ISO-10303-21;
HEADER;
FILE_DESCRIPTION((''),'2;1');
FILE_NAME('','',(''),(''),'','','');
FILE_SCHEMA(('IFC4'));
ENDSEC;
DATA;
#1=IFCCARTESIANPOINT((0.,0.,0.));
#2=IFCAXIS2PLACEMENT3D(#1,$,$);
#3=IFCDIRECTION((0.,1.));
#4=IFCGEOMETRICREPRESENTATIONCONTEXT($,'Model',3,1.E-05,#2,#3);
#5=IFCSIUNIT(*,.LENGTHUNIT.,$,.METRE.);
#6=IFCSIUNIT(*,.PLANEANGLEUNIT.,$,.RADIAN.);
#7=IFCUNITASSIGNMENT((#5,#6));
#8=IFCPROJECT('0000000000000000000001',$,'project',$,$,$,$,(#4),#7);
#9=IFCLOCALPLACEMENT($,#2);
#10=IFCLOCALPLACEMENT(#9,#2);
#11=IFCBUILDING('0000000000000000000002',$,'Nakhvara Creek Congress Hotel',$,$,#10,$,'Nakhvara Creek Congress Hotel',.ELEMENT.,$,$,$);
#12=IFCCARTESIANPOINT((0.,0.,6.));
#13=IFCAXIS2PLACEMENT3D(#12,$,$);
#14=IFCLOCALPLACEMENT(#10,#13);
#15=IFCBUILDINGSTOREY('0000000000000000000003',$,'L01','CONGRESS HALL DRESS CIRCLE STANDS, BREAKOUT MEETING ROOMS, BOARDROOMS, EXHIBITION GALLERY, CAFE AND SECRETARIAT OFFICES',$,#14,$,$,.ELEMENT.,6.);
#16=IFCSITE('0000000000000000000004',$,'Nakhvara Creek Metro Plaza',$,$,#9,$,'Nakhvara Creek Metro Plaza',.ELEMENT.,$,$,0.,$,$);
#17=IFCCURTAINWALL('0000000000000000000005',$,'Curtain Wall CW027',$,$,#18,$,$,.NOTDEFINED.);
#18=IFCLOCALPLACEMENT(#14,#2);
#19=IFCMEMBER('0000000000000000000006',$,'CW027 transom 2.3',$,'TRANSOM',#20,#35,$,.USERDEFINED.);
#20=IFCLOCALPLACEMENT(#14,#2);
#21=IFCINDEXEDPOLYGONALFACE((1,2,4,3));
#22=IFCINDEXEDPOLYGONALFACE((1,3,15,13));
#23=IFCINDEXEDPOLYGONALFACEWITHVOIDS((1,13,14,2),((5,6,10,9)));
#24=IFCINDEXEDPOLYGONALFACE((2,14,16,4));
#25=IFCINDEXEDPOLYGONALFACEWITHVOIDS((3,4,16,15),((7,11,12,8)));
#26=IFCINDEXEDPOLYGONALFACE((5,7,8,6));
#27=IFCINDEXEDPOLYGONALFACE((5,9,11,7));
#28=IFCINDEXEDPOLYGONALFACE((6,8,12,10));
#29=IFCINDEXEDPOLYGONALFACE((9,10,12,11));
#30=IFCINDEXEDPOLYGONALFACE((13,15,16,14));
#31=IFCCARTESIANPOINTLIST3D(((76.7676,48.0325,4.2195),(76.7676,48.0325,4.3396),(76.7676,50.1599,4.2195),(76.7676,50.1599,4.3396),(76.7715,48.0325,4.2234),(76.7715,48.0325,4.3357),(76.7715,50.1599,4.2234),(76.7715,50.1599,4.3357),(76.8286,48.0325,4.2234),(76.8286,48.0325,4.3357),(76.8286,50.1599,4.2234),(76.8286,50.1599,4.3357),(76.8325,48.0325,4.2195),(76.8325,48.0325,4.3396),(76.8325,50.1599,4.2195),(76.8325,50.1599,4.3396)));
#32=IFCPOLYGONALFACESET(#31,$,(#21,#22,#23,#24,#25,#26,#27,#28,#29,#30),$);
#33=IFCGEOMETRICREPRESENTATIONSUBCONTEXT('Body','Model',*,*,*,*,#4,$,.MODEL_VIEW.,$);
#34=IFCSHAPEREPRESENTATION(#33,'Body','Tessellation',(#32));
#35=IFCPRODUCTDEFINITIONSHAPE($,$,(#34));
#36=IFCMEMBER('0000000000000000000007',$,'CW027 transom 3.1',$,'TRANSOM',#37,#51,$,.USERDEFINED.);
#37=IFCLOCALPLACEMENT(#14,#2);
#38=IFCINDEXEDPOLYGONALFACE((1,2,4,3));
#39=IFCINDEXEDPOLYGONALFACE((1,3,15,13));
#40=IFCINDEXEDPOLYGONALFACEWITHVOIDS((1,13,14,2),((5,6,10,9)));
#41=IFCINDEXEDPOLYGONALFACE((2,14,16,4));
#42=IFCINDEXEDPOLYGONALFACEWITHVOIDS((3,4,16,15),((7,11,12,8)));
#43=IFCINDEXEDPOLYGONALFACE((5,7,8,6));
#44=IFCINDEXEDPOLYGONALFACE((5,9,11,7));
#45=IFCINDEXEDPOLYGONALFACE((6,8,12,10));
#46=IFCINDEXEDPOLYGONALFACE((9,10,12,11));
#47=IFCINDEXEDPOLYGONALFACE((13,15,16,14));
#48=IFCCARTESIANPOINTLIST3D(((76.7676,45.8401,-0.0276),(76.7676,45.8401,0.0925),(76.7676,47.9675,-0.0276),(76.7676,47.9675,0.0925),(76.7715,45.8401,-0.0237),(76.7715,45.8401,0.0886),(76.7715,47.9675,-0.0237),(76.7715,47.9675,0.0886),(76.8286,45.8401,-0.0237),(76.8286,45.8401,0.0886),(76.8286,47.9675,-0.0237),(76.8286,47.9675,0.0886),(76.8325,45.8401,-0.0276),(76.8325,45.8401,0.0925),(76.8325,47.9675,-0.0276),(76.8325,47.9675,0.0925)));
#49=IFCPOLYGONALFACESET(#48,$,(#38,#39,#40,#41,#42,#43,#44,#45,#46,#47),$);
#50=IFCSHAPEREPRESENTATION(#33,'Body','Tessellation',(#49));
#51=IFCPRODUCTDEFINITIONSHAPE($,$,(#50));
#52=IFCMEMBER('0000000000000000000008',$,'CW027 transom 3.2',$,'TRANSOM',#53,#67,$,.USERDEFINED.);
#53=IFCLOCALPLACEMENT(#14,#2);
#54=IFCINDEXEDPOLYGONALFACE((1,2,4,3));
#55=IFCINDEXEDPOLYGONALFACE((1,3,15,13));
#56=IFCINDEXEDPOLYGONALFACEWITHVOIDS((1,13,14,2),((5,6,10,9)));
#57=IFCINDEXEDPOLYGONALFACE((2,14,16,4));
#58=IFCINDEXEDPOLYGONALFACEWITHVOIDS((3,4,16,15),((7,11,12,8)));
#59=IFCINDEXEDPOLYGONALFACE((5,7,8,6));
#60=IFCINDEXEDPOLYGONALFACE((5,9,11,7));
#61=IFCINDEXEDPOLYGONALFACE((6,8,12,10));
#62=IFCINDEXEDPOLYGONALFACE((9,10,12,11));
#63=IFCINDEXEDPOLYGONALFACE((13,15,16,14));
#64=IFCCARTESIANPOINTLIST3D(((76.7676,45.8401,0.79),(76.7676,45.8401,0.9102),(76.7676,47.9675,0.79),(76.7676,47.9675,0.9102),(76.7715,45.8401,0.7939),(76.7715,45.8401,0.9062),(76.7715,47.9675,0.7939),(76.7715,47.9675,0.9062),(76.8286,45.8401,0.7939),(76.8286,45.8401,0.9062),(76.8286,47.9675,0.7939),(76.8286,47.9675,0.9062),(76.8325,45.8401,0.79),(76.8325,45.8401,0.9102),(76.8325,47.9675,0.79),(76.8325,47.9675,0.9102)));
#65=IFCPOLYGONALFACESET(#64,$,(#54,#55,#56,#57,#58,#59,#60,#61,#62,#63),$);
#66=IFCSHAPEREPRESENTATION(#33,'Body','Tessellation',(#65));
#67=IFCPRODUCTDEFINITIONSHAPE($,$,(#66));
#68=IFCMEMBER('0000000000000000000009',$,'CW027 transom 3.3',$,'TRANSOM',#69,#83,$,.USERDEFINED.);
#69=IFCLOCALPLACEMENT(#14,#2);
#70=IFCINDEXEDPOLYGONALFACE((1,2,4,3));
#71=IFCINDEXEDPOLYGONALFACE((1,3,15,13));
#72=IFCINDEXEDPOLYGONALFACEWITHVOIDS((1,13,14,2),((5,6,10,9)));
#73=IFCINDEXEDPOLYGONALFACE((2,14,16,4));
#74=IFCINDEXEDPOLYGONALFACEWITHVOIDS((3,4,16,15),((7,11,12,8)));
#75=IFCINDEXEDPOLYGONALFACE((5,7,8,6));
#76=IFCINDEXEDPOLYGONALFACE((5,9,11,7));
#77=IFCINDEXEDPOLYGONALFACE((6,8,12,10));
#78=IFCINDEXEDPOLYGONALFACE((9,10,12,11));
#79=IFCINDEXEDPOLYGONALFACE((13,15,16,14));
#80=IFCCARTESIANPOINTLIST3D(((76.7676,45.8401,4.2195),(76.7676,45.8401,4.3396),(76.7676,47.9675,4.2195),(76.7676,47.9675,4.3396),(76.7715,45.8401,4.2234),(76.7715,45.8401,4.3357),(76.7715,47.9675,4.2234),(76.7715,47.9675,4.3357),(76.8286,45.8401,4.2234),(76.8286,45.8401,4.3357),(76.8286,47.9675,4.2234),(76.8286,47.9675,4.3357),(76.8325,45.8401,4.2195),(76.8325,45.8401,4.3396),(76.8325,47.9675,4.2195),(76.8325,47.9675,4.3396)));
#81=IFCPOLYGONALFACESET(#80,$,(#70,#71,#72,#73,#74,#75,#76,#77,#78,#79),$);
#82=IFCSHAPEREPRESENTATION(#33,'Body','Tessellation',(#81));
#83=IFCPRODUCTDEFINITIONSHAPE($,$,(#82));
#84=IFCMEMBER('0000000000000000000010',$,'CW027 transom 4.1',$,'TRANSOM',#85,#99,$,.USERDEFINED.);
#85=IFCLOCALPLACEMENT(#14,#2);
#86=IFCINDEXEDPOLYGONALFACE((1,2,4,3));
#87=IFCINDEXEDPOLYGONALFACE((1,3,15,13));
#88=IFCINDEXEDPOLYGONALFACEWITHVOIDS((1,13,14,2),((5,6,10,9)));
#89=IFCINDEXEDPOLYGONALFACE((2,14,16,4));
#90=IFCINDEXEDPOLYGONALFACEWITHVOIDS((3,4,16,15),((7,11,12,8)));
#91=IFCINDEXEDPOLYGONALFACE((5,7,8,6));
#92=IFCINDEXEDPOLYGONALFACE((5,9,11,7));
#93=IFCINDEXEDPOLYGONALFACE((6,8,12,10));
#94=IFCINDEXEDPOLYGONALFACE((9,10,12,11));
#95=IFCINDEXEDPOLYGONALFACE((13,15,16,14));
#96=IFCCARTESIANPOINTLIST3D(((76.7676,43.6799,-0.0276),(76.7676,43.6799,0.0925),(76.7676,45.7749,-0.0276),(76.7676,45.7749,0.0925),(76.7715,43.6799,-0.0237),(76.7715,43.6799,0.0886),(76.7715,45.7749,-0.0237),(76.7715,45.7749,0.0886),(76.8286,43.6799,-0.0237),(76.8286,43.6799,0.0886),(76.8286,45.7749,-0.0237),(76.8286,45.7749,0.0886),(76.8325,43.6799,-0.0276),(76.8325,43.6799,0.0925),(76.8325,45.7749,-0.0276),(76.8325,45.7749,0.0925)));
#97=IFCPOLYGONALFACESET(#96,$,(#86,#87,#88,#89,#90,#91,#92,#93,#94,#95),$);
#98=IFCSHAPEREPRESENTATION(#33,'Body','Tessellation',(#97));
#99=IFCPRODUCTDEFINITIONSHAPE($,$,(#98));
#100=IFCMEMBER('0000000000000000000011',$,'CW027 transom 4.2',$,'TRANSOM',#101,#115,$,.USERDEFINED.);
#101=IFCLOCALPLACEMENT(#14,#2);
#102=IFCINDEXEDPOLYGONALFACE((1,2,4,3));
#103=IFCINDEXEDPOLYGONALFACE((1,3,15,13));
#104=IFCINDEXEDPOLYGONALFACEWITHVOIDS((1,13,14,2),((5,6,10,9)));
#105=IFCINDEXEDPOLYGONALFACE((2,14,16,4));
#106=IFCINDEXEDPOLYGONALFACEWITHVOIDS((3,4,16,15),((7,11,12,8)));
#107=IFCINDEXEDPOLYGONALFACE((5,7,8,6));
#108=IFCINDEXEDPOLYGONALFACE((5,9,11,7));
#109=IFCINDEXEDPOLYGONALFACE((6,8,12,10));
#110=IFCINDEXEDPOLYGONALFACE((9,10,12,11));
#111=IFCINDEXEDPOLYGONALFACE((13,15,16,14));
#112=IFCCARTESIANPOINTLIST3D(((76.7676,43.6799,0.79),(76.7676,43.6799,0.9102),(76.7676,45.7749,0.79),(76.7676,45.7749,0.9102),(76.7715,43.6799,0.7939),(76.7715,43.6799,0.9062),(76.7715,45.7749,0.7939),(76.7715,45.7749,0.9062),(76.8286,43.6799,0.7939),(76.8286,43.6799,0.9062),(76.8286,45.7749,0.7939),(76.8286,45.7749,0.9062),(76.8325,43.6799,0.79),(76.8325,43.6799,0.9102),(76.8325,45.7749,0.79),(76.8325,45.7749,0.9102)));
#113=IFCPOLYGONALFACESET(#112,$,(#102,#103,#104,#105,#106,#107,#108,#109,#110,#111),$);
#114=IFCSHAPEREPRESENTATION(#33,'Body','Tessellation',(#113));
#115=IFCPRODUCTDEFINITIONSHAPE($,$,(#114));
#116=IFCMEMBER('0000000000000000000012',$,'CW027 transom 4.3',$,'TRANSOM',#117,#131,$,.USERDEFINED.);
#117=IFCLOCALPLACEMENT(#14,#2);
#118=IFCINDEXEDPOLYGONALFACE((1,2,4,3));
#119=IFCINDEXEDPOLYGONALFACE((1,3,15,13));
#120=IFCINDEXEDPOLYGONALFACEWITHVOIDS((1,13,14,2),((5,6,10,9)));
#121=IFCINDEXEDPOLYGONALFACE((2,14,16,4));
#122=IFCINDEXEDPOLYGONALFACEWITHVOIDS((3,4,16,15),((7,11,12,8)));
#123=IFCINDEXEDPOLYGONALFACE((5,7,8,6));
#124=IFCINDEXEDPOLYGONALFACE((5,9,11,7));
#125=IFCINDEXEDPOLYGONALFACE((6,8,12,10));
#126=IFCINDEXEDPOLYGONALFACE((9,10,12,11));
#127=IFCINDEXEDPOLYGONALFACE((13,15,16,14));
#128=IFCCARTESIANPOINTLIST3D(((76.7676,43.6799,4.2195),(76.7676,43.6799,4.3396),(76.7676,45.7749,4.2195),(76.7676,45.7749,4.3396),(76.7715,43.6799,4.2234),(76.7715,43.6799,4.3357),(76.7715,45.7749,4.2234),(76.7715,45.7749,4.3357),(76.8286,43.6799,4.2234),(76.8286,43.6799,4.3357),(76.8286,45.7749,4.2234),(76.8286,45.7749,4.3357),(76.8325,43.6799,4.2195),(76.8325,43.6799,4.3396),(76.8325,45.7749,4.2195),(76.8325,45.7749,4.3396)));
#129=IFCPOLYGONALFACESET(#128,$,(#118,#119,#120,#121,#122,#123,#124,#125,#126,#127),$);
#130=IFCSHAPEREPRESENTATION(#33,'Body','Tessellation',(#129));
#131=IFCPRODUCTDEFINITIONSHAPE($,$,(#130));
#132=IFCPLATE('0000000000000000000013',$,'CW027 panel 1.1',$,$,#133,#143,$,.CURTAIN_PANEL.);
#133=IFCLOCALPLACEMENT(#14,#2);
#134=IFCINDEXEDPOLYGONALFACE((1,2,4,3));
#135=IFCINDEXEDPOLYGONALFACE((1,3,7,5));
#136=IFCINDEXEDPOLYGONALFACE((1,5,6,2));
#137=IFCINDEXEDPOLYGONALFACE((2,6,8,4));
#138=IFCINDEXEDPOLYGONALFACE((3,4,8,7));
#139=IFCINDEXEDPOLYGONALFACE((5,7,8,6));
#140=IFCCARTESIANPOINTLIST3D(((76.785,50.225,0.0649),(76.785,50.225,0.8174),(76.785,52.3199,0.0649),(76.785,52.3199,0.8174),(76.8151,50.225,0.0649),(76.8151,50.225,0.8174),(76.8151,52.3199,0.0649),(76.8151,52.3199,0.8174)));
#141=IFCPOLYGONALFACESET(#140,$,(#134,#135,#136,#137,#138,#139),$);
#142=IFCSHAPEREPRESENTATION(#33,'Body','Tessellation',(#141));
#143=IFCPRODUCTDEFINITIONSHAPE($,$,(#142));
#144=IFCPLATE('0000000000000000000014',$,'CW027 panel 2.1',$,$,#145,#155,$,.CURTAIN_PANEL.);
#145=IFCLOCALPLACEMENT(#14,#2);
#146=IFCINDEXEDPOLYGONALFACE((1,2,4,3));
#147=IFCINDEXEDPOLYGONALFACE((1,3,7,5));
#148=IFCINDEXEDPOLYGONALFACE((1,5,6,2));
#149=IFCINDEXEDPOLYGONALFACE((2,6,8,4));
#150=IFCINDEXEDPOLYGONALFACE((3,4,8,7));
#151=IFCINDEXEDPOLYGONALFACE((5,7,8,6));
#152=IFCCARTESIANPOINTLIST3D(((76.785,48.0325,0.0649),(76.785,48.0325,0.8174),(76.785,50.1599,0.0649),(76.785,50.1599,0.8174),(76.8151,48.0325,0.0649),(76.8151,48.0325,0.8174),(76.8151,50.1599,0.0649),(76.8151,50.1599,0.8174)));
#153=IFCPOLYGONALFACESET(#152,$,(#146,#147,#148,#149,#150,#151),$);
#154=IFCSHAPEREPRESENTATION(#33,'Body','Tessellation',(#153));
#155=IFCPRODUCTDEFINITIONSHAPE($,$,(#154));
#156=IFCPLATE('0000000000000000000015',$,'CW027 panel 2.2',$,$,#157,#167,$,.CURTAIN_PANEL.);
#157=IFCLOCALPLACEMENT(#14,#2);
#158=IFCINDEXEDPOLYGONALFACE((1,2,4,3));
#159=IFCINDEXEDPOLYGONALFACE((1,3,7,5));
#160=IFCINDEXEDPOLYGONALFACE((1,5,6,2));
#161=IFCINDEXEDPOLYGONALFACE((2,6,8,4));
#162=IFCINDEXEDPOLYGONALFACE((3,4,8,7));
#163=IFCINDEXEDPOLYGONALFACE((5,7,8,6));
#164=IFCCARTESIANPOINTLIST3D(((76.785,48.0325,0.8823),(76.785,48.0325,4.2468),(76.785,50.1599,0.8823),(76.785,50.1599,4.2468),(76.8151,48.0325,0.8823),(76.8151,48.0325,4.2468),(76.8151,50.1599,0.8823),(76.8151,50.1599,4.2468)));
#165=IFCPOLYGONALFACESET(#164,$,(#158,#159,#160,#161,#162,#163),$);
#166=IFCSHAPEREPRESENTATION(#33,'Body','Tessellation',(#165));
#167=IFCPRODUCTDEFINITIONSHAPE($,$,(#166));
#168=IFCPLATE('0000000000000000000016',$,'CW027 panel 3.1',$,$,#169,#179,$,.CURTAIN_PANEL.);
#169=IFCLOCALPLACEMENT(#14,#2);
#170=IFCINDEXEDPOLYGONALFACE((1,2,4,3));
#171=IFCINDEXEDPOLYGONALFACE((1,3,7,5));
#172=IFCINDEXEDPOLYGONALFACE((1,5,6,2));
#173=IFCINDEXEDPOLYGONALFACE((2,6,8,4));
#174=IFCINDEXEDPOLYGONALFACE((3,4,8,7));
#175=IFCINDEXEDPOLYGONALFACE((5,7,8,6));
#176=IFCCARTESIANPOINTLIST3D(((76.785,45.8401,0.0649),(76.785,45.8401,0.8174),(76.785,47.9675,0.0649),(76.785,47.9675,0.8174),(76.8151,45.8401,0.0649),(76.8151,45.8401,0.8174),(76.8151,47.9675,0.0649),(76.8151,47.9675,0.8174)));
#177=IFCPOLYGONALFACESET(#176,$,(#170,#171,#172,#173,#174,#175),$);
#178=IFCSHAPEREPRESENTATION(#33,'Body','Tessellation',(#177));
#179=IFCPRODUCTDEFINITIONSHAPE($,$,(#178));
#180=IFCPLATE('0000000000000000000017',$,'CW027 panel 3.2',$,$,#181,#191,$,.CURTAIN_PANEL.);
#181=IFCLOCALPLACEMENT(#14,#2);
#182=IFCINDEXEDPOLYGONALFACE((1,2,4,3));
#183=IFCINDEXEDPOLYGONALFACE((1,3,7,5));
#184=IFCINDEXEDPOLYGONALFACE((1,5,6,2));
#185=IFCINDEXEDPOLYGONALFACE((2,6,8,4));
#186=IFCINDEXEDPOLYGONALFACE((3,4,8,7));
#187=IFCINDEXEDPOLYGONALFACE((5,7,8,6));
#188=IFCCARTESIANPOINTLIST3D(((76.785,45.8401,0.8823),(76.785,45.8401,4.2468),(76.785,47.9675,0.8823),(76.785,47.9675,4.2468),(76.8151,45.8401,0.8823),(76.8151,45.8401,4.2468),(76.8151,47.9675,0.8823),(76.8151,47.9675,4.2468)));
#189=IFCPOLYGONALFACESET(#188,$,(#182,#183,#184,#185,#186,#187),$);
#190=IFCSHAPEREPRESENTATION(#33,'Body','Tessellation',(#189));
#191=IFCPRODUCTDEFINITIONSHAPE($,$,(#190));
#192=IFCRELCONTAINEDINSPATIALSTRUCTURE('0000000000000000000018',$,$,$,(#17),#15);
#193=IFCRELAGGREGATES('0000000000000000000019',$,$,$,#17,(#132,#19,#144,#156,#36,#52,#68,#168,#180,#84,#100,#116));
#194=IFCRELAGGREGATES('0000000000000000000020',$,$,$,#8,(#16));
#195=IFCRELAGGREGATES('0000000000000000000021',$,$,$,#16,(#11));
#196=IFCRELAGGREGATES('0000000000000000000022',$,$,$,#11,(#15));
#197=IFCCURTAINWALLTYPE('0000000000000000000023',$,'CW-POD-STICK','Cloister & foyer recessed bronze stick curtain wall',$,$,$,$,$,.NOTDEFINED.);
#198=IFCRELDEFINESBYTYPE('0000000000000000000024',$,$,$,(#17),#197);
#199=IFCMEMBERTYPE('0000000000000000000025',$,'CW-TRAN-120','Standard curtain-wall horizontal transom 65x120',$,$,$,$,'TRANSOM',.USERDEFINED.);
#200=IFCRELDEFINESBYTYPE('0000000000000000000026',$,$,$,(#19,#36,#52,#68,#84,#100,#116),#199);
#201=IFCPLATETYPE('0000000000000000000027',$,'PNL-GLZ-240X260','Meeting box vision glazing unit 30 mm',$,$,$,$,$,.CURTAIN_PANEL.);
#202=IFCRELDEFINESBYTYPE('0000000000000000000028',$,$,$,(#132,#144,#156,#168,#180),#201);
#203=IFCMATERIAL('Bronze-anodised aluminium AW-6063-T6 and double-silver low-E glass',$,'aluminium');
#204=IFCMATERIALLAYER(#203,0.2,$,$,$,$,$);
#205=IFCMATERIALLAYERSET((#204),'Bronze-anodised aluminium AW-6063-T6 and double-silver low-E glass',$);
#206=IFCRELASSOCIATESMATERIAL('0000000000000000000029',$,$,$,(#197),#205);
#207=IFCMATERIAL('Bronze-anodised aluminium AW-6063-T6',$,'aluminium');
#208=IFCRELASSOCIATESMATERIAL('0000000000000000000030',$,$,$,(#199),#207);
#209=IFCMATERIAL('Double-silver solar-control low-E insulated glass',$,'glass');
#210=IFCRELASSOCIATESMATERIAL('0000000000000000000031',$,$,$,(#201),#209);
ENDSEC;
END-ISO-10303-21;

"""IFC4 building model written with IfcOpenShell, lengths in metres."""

from ifc_helpers import new_model, si_unit, direction, frame, origin, origin_2d, place, context, subcontext, project, spatial, rectangle, hollow_rectangle, extrude, material, layer, layer_set, material_profile, profile_set, type_object, element, aggregate, save


model = new_model("IFC4")

# Units and contexts
model_context = context("Model", 3, precision=1e-05, world=origin(), true_north=direction((0.0, 1.0)))
body_context = subcontext(model_context, "Body", "Model", "MODEL_VIEW")
ifc_project = project(units=[si_unit("LENGTHUNIT", "METRE"), si_unit("PLANEANGLEUNIT", "RADIAN")], contexts=[model_context])

# Site, building, storey
site_placement = place(None, origin())
site = spatial("IfcSite", under=ifc_project, at=site_placement, Name="Nakhvara Creek Metro Plaza", LongName="Nakhvara Creek Metro Plaza", CompositionType="ELEMENT", RefElevation=0.0)
building_placement = place(site_placement, origin())
building = spatial("IfcBuilding", under=site, at=building_placement, Name="Nakhvara Creek Congress Hotel", LongName="Nakhvara Creek Congress Hotel", CompositionType="ELEMENT")
storey_placement = place(building_placement, frame((0.0, 0.0, 6.0)))
storey = spatial("IfcBuildingStorey", under=building, at=storey_placement, Name="L01", Description="CONGRESS HALL DRESS CIRCLE STANDS, BREAKOUT MEETING ROOMS, BOARDROOMS, EXHIBITION GALLERY, CAFE AND SECRETARIAT OFFICES", CompositionType="ELEMENT", Elevation=6.0)

# Curtain wall, members, plates
ifc_material_1 = material(Name="Bronze-anodised aluminium AW-6063-T6 and double-silver low-E glass", Category="aluminium")
ifc_layer_1 = layer(ifc_material_1, 0.2)
ifc_layer_set_1 = layer_set([ifc_layer_1], Name="Bronze-anodised aluminium AW-6063-T6 and double-silver low-E glass")
curtain_wall_type = type_object("IfcCurtainWallType", Name="CW-POD-STICK", Description="Cloister & foyer recessed bronze stick curtain wall", PredefinedType="NOTDEFINED", material=ifc_layer_set_1)
curtain_wall_placement = place(storey_placement, origin())
curtain_wall = element("IfcCurtainWall", 1, at=curtain_wall_placement, inside=storey, type_object=curtain_wall_type, Name="Curtain Wall CW027", PredefinedType="NOTDEFINED")
ifc_material_2 = material(Name="Bronze-anodised aluminium AW-6063-T6", Category="aluminium")
ifc_material_profile_1 = material_profile(ifc_material_2, hollow_rectangle(XDim=0.0649, YDim=0.1201, WallThickness=0.0039, at=origin_2d()), Name="ALU-TRAN 65x120x4", Category="LoadBearing")
ifc_profile_set_1 = profile_set([ifc_material_profile_1], Name="Bronze-anodised aluminium AW-6063-T6")
member_type_1 = type_object("IfcMemberType", Name="CW-TRAN-120", Description="Standard curtain-wall horizontal transom 65x120", ElementType="TRANSOM", PredefinedType="USERDEFINED", material=ifc_profile_set_1)
member_1_placement = place(storey_placement, frame((76.8, 50.1599, 4.2795), z_axis=(0.0, -1.0, 0.0), x_axis=(1.0, 0.0, 0.0)))
member_1 = element("IfcMember", 2, at=member_1_placement, type_object=member_type_1, Name="CW027 transom 2.3", ObjectType="TRANSOM", PredefinedType="USERDEFINED", context=body_context, shape_type="SweptSolid", body=[
    extrude(hollow_rectangle(XDim=0.0649, YDim=0.1201, WallThickness=0.0039, at=origin_2d()), origin(), (0.0, 0.0, 1.0), 2.1274),
])
member_2_placement = place(storey_placement, frame((76.8, 47.9675, 0.0325), z_axis=(0.0, -1.0, 0.0), x_axis=(1.0, 0.0, 0.0)))
member_2 = element("IfcMember", 3, at=member_2_placement, type_object=member_type_1, Name="CW027 transom 3.1", ObjectType="TRANSOM", PredefinedType="USERDEFINED", context=body_context, shape_type="SweptSolid", body=[
    extrude(hollow_rectangle(XDim=0.0649, YDim=0.1201, WallThickness=0.0039, at=origin_2d()), origin(), (0.0, 0.0, 1.0), 2.1274),
])
member_3_placement = place(storey_placement, frame((76.8, 47.9675, 0.8501), z_axis=(0.0, -1.0, 0.0), x_axis=(1.0, 0.0, 0.0)))
member_3 = element("IfcMember", 4, at=member_3_placement, type_object=member_type_1, Name="CW027 transom 3.2", ObjectType="TRANSOM", PredefinedType="USERDEFINED", context=body_context, shape_type="SweptSolid", body=[
    extrude(hollow_rectangle(XDim=0.0649, YDim=0.1201, WallThickness=0.0039, at=origin_2d()), origin(), (0.0, 0.0, 1.0), 2.1274),
])
member_4_placement = place(storey_placement, frame((76.8, 47.9675, 4.2795), z_axis=(0.0, -1.0, 0.0), x_axis=(1.0, 0.0, 0.0)))
member_4 = element("IfcMember", 5, at=member_4_placement, type_object=member_type_1, Name="CW027 transom 3.3", ObjectType="TRANSOM", PredefinedType="USERDEFINED", context=body_context, shape_type="SweptSolid", body=[
    extrude(hollow_rectangle(XDim=0.0649, YDim=0.1201, WallThickness=0.0039, at=origin_2d()), origin(), (0.0, 0.0, 1.0), 2.1274),
])
member_5_placement = place(storey_placement, frame((76.8, 45.7749, 0.0325), z_axis=(0.0, -1.0, 0.0), x_axis=(1.0, 0.0, 0.0)))
member_5 = element("IfcMember", 6, at=member_5_placement, type_object=member_type_1, Name="CW027 transom 4.1", ObjectType="TRANSOM", PredefinedType="USERDEFINED", context=body_context, shape_type="SweptSolid", body=[
    extrude(hollow_rectangle(XDim=0.0649, YDim=0.1201, WallThickness=0.0039, at=origin_2d()), origin(), (0.0, 0.0, 1.0), 2.095),
])
member_6_placement = place(storey_placement, frame((76.8, 45.7749, 0.8501), z_axis=(0.0, -1.0, 0.0), x_axis=(1.0, 0.0, 0.0)))
member_6 = element("IfcMember", 7, at=member_6_placement, type_object=member_type_1, Name="CW027 transom 4.2", ObjectType="TRANSOM", PredefinedType="USERDEFINED", context=body_context, shape_type="SweptSolid", body=[
    extrude(hollow_rectangle(XDim=0.0649, YDim=0.1201, WallThickness=0.0039, at=origin_2d()), origin(), (0.0, 0.0, 1.0), 2.095),
])
member_7_placement = place(storey_placement, frame((76.8, 45.7749, 4.2795), z_axis=(0.0, -1.0, 0.0), x_axis=(1.0, 0.0, 0.0)))
member_7 = element("IfcMember", 8, at=member_7_placement, type_object=member_type_1, Name="CW027 transom 4.3", ObjectType="TRANSOM", PredefinedType="USERDEFINED", context=body_context, shape_type="SweptSolid", body=[
    extrude(hollow_rectangle(XDim=0.0649, YDim=0.1201, WallThickness=0.0039, at=origin_2d()), origin(), (0.0, 0.0, 1.0), 2.095),
])
ifc_material_3 = material(Name="Double-silver solar-control low-E insulated glass", Category="glass")
plate_type = type_object("IfcPlateType", Name="PNL-GLZ-240X260", Description="Meeting box vision glazing unit 30 mm", PredefinedType="CURTAIN_PANEL", material=ifc_material_3)
plate_1_placement = place(storey_placement, frame((76.8, 51.2725, 0.0649), z_axis=(0.0, 0.0, 1.0), x_axis=(0.0, -1.0, 0.0)))
plate_1 = element("IfcPlate", 9, at=plate_1_placement, type_object=plate_type, Name="CW027 panel 1.1", PredefinedType="CURTAIN_PANEL", context=body_context, shape_type="SweptSolid", body=[
    extrude(rectangle(XDim=2.095, YDim=0.03, at=origin_2d()), origin(), (0.0, 0.0, 1.0), 0.7524),
])
plate_2_placement = place(storey_placement, frame((76.8, 49.0962, 0.0649), z_axis=(0.0, 0.0, 1.0), x_axis=(0.0, -1.0, 0.0)))
plate_2 = element("IfcPlate", 10, at=plate_2_placement, type_object=plate_type, Name="CW027 panel 2.1", PredefinedType="CURTAIN_PANEL", context=body_context, shape_type="SweptSolid", body=[
    extrude(rectangle(XDim=2.1274, YDim=0.03, at=origin_2d()), origin(), (0.0, 0.0, 1.0), 0.7524),
])
plate_3_placement = place(storey_placement, frame((76.8, 49.0962, 0.8823), z_axis=(0.0, 0.0, 1.0), x_axis=(0.0, -1.0, 0.0)))
plate_3 = element("IfcPlate", 11, at=plate_3_placement, type_object=plate_type, Name="CW027 panel 2.2", PredefinedType="CURTAIN_PANEL", context=body_context, shape_type="SweptSolid", body=[
    extrude(rectangle(XDim=2.1274, YDim=0.03, at=origin_2d()), origin(), (0.0, 0.0, 1.0), 3.3645),
])
plate_4_placement = place(storey_placement, frame((76.8, 46.9038, 0.0649), z_axis=(0.0, 0.0, 1.0), x_axis=(0.0, -1.0, 0.0)))
plate_4 = element("IfcPlate", 12, at=plate_4_placement, type_object=plate_type, Name="CW027 panel 3.1", PredefinedType="CURTAIN_PANEL", context=body_context, shape_type="SweptSolid", body=[
    extrude(rectangle(XDim=2.1274, YDim=0.03, at=origin_2d()), origin(), (0.0, 0.0, 1.0), 0.7524),
])
plate_5_placement = place(storey_placement, frame((76.8, 46.9038, 0.8823), z_axis=(0.0, 0.0, 1.0), x_axis=(0.0, -1.0, 0.0)))
plate_5 = element("IfcPlate", 13, at=plate_5_placement, type_object=plate_type, Name="CW027 panel 3.2", PredefinedType="CURTAIN_PANEL", context=body_context, shape_type="SweptSolid", body=[
    extrude(rectangle(XDim=2.1274, YDim=0.03, at=origin_2d()), origin(), (0.0, 0.0, 1.0), 3.3645),
])
aggregate(curtain_wall, [plate_1, member_1, plate_2, plate_3, member_2, member_3, member_4, plate_4, plate_5, member_5, member_6, member_7])

save(model, "model.ifc")
